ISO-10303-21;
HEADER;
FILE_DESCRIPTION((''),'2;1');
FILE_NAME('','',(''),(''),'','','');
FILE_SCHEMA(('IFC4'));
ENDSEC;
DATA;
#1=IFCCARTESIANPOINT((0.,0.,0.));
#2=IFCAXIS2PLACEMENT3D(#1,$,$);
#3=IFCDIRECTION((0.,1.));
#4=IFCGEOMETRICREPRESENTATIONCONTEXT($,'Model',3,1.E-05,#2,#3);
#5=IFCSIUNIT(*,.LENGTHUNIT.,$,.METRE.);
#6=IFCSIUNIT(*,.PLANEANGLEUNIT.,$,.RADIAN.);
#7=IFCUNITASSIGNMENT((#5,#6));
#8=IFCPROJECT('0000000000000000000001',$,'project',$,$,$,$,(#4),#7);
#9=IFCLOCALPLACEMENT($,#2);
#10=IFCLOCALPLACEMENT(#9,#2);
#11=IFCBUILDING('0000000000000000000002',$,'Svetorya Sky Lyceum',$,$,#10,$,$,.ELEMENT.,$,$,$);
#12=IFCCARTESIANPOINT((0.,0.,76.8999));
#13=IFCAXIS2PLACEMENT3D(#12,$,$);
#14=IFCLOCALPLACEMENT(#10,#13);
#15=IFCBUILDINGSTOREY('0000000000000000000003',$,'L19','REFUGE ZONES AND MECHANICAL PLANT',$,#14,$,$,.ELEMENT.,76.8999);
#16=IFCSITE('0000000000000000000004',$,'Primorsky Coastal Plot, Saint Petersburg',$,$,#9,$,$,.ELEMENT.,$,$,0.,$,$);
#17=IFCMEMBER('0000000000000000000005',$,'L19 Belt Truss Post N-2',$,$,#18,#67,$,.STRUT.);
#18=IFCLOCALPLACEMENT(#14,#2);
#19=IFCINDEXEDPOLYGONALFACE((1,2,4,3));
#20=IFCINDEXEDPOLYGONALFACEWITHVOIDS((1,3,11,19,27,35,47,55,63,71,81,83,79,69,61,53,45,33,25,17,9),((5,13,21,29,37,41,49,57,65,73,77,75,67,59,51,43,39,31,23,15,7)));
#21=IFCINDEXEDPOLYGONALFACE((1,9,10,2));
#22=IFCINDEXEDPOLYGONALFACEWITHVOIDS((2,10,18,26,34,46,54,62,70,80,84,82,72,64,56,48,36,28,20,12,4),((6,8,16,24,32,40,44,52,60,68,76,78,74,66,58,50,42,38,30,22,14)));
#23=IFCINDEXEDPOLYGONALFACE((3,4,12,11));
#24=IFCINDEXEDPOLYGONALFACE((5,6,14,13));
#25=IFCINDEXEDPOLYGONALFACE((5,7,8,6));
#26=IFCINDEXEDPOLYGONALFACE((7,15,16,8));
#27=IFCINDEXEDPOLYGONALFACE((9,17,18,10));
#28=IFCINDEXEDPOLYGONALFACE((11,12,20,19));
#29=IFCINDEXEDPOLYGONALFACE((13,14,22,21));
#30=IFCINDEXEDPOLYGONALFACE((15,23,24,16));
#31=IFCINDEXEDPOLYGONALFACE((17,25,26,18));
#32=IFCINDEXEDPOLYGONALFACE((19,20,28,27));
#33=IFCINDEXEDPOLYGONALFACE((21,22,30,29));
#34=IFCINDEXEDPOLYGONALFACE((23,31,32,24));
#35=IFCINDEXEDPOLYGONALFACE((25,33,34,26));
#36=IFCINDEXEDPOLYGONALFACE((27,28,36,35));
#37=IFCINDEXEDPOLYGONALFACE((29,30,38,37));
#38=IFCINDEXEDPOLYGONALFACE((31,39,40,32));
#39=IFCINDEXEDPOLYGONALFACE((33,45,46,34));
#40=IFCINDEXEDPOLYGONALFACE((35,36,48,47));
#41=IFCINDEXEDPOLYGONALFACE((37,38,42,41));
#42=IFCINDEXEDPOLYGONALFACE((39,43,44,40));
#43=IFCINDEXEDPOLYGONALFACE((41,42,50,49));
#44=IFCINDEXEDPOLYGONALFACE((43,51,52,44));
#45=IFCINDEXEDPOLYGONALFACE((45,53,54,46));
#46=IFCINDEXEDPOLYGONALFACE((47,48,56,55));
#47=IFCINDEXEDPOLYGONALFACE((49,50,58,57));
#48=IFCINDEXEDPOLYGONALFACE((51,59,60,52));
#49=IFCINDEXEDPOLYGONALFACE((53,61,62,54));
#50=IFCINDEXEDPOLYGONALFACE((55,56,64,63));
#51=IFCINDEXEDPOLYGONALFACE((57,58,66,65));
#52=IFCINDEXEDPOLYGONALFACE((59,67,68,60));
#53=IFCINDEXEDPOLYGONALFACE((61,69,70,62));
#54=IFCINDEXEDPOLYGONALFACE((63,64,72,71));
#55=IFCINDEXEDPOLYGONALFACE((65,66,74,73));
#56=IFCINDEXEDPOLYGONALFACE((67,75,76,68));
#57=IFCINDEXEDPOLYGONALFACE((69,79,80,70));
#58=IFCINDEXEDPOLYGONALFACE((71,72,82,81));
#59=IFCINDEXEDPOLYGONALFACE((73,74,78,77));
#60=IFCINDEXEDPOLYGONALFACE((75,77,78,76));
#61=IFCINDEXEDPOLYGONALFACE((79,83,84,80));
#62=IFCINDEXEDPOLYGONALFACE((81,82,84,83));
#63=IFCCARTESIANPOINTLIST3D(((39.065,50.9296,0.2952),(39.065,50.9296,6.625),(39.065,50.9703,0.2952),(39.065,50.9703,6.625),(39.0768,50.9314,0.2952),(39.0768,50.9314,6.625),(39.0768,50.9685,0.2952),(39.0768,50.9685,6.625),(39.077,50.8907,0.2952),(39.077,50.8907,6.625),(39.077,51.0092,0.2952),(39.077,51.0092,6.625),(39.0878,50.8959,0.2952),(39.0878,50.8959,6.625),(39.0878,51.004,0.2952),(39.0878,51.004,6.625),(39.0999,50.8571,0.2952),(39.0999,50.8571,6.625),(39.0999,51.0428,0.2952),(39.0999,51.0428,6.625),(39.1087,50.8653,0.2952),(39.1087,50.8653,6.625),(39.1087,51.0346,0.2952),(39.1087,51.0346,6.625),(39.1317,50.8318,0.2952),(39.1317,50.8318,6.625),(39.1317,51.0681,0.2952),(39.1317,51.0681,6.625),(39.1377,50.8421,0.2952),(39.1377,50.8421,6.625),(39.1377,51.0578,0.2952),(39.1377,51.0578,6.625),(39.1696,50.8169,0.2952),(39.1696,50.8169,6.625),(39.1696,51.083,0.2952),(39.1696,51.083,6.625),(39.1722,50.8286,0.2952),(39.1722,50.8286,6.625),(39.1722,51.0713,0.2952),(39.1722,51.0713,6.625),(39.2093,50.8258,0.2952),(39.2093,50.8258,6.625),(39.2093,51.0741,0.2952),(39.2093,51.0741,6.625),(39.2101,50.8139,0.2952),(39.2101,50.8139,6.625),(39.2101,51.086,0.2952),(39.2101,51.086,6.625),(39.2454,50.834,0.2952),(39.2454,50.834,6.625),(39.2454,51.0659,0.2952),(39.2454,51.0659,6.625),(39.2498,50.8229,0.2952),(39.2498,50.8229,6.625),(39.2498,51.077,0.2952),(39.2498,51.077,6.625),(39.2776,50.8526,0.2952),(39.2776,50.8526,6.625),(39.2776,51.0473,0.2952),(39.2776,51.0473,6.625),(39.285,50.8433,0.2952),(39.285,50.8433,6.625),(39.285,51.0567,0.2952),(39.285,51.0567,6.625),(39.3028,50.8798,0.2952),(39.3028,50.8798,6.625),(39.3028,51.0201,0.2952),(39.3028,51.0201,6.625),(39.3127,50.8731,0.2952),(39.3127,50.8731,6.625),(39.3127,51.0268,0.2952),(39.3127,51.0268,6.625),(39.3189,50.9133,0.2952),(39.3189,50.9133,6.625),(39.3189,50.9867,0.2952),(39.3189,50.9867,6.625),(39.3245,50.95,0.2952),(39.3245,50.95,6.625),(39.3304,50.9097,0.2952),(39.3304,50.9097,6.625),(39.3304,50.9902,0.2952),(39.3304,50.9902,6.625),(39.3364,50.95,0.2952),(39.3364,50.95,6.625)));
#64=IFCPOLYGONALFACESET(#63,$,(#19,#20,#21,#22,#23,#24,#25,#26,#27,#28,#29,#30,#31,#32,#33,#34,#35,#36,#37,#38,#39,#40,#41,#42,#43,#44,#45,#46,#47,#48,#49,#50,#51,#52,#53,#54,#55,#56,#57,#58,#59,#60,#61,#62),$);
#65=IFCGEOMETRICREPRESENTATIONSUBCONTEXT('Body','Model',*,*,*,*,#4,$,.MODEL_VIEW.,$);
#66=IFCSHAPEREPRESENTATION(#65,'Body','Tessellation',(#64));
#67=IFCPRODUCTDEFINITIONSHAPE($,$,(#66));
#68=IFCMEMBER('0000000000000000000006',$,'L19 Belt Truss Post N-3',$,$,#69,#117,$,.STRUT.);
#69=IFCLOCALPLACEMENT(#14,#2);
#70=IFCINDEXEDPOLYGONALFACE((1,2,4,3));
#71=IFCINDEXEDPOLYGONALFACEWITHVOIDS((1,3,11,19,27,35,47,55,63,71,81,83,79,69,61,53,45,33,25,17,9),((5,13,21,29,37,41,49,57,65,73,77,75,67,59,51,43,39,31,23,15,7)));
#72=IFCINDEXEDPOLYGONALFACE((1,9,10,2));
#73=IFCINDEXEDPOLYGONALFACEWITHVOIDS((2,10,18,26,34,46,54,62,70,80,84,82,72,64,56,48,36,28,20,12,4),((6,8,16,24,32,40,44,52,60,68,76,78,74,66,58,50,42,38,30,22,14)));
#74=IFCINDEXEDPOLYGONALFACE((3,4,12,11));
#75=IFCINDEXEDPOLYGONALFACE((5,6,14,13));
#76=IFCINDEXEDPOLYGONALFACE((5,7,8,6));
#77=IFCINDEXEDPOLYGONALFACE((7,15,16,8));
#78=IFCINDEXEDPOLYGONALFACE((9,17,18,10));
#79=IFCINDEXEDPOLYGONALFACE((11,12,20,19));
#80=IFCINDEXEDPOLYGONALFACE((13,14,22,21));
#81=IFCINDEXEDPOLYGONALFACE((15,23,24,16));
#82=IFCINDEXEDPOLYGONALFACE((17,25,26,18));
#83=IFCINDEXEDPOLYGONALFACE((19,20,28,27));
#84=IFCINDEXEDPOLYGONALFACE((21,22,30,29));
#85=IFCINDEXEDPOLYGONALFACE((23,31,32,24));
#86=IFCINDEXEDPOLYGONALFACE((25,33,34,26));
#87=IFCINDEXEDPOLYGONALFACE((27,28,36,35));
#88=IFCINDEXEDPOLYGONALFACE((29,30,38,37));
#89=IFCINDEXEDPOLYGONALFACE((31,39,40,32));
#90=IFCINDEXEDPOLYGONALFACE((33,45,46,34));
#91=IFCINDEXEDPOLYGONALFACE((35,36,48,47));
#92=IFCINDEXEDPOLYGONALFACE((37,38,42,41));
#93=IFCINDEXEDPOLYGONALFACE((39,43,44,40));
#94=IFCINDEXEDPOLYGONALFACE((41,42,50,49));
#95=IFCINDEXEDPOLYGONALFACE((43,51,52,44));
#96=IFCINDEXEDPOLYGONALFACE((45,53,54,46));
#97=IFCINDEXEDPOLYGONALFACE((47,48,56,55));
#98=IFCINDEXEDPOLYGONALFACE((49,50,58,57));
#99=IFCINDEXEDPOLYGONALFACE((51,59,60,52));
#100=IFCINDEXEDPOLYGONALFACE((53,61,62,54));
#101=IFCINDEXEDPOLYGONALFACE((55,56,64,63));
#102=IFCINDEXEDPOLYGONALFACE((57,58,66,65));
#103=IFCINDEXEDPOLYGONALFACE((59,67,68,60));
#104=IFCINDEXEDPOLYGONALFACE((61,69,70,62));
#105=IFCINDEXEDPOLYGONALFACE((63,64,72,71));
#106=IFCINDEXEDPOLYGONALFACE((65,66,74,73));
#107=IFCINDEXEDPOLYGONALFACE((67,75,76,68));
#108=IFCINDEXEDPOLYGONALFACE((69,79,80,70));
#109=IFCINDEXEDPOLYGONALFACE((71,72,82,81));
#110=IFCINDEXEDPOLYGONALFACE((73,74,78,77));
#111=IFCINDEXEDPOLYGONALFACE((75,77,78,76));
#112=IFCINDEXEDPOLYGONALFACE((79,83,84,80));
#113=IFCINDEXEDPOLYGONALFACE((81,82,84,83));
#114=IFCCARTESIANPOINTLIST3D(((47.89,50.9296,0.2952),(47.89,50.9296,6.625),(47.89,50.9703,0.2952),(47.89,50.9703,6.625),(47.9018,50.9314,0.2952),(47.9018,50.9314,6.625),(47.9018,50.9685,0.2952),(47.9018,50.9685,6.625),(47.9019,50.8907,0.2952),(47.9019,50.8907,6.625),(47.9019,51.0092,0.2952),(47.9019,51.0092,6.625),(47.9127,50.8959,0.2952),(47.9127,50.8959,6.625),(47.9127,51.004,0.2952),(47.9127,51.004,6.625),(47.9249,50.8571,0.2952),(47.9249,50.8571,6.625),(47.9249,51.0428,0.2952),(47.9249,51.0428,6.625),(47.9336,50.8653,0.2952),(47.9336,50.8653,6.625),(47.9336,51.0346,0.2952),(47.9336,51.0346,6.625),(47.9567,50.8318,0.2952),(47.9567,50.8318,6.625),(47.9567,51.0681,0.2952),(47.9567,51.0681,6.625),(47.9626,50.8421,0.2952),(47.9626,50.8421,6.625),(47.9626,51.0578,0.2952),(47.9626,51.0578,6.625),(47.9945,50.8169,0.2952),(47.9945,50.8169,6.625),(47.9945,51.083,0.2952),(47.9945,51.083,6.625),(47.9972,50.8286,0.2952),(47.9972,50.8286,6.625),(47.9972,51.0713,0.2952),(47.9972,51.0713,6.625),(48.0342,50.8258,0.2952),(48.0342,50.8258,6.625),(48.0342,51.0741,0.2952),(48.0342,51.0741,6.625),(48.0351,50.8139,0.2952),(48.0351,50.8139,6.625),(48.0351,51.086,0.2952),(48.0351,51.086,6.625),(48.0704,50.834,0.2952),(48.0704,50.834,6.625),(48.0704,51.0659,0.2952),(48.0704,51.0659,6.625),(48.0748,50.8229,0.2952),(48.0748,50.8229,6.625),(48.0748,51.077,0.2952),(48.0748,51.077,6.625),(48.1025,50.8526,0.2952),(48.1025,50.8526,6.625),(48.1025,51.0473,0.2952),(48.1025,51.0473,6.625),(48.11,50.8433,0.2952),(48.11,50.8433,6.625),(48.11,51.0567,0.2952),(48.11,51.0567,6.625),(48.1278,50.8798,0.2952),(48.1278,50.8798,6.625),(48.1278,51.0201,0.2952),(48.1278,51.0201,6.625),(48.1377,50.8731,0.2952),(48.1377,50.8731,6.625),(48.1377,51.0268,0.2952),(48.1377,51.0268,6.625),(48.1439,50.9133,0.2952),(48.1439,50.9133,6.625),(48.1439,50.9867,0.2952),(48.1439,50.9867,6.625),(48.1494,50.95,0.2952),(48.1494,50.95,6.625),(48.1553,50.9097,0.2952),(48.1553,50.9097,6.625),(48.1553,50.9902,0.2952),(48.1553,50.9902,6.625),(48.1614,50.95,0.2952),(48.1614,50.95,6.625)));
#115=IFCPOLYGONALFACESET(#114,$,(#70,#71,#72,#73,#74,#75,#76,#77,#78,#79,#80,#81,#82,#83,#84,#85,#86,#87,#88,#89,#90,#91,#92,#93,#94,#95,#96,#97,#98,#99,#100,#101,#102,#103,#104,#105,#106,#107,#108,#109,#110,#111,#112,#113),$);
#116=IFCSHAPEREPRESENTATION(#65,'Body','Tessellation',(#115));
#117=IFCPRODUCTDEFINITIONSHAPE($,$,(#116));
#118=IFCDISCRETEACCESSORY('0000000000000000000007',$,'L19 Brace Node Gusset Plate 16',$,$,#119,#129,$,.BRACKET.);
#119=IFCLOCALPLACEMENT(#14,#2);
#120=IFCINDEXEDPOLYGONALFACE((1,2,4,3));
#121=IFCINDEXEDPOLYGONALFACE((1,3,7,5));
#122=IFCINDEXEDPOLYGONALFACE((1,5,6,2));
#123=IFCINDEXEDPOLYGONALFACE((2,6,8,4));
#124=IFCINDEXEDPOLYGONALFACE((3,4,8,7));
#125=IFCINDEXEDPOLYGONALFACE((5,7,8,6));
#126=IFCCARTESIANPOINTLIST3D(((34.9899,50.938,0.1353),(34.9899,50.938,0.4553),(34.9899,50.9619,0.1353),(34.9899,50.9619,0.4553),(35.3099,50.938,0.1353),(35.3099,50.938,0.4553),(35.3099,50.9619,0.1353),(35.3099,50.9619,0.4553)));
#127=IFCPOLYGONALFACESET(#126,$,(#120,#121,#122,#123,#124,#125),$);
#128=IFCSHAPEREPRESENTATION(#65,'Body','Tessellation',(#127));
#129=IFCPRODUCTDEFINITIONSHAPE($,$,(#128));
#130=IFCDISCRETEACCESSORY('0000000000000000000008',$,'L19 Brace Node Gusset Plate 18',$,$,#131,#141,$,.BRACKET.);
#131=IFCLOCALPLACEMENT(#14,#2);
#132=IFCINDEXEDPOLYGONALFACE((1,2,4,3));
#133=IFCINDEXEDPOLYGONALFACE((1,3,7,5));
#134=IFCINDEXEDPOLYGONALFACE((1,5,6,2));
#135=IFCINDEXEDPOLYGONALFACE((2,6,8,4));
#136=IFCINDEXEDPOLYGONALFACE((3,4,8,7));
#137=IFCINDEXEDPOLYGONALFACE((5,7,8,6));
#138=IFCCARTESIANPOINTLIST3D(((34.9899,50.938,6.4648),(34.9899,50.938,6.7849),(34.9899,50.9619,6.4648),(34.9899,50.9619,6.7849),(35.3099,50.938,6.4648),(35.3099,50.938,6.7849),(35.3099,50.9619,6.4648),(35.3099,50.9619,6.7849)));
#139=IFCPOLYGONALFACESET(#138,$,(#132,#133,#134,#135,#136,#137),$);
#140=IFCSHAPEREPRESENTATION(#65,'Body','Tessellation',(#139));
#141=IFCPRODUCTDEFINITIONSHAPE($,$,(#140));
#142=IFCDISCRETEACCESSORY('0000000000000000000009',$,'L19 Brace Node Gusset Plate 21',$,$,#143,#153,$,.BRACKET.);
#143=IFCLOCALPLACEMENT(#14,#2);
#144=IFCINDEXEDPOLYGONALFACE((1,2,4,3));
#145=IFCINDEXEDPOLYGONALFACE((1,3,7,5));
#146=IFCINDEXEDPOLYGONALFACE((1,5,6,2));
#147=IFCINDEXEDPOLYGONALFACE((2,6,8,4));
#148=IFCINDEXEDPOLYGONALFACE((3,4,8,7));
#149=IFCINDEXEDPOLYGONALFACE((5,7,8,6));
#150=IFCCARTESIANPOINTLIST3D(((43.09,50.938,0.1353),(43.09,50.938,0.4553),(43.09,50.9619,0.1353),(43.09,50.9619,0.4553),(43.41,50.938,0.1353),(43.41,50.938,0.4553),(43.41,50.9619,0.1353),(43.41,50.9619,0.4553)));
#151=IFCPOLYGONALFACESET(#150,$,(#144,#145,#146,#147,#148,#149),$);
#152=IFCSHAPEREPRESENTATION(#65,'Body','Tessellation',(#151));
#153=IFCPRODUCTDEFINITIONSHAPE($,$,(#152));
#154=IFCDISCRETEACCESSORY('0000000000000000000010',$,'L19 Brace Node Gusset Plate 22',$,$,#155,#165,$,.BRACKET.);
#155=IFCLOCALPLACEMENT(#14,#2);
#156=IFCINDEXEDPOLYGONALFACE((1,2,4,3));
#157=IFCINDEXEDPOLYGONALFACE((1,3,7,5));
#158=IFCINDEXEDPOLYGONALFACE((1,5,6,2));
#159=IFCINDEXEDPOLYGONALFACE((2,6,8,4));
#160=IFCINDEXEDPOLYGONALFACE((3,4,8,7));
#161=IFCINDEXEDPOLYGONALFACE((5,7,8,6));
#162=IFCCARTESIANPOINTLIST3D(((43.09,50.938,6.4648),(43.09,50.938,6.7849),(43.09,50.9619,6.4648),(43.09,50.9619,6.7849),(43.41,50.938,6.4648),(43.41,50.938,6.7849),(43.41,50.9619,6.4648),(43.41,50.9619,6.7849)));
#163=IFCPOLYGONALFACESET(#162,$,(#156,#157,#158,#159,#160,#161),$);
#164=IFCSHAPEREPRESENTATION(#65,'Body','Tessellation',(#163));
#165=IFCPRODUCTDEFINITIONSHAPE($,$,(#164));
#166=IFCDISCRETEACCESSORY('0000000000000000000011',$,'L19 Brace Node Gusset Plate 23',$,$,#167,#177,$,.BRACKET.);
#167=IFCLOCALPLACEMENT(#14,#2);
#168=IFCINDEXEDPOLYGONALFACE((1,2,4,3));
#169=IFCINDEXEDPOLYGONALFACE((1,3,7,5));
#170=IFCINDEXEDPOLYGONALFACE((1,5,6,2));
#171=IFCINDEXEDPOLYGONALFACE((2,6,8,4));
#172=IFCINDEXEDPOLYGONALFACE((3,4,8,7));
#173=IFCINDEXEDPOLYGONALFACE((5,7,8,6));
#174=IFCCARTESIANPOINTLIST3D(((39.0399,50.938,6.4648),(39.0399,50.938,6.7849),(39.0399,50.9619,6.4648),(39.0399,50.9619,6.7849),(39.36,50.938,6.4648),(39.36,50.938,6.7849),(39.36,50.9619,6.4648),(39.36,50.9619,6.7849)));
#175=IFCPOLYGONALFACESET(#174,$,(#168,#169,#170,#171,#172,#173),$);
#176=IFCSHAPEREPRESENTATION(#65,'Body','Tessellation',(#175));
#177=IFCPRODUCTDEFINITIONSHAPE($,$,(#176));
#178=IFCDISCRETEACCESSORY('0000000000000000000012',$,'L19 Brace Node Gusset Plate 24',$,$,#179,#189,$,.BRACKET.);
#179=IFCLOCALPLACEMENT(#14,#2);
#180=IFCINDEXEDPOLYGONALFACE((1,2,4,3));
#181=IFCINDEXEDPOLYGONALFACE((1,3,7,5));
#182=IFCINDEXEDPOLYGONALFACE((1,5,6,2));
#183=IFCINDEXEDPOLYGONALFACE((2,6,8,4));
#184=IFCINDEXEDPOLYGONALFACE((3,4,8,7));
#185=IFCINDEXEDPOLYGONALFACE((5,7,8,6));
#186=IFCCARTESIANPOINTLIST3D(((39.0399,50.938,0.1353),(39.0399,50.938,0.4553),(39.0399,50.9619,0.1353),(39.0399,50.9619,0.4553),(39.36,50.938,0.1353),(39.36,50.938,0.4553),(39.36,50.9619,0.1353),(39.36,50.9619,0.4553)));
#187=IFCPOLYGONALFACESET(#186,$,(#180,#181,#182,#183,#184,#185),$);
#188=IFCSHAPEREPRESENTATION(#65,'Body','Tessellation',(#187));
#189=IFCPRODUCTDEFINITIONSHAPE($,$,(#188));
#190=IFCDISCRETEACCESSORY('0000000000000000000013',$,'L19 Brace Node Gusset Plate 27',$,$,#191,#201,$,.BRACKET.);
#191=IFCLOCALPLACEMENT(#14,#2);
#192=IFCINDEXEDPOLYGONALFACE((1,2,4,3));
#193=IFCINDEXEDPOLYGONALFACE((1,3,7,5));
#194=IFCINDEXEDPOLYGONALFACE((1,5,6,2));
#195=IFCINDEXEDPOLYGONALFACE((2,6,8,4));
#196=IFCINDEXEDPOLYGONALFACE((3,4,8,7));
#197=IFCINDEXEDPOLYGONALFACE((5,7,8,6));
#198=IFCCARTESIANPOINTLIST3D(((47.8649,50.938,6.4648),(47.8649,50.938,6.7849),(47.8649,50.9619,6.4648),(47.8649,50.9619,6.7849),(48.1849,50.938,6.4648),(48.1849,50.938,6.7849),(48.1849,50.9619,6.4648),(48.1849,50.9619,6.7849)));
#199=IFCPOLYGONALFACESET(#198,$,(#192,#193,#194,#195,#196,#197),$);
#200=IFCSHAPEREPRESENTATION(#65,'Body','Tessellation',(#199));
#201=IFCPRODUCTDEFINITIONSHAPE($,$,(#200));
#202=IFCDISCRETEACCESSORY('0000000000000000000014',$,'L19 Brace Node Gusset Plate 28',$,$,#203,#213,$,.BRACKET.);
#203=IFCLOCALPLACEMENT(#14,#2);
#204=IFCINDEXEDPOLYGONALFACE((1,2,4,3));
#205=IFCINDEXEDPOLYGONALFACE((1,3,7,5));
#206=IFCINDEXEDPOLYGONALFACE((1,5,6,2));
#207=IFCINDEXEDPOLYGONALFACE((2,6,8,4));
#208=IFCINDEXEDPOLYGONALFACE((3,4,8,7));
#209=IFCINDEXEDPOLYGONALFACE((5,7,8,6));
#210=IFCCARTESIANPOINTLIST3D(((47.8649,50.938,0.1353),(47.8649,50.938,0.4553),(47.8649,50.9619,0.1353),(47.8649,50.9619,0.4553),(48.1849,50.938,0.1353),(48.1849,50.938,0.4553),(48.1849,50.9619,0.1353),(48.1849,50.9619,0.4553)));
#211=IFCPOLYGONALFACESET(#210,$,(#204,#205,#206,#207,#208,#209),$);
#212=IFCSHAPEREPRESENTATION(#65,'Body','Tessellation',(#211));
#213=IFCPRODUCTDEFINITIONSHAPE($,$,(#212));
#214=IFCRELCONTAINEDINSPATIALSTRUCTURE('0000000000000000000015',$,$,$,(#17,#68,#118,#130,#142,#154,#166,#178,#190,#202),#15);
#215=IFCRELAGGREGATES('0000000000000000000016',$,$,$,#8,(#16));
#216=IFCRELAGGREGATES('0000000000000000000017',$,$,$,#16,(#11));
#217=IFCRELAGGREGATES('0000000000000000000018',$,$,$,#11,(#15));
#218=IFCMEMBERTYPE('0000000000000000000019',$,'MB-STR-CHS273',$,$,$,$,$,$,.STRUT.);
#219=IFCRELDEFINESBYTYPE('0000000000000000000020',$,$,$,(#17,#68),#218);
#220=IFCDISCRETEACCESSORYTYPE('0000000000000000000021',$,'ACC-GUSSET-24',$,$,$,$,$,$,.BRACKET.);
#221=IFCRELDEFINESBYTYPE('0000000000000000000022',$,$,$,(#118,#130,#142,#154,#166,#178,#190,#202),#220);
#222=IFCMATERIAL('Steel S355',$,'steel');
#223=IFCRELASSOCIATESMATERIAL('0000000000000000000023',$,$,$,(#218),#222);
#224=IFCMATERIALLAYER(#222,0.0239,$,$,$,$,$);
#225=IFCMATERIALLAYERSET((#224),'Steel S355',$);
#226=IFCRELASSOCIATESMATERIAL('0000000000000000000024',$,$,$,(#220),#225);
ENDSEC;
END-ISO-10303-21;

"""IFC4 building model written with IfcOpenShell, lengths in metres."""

from ifc_helpers import new_model, si_unit, direction, frame, origin, origin_2d, place, context, subcontext, project, spatial, rectangle, hollow_circle, extrude, material, layer, layer_set, material_profile, profile_set, type_object, element, save


model = new_model("IFC4")

# Units and contexts
model_context = context("Model", 3, precision=1e-05, world=origin(), true_north=direction((0.0, 1.0)))
body_context = subcontext(model_context, "Body", "Model", "MODEL_VIEW")
ifc_project = project(units=[si_unit("LENGTHUNIT", "METRE"), si_unit("PLANEANGLEUNIT", "RADIAN")], contexts=[model_context])

# Site, building, storey
site_placement = place(None, origin())
site = spatial("IfcSite", under=ifc_project, at=site_placement, Name="Primorsky Coastal Plot, Saint Petersburg", CompositionType="ELEMENT", RefElevation=0.0)
building_placement = place(site_placement, origin())
building = spatial("IfcBuilding", under=site, at=building_placement, Name="Svetorya Sky Lyceum", CompositionType="ELEMENT")
storey_placement = place(building_placement, frame((0.0, 0.0, 76.8999)))
storey = spatial("IfcBuildingStorey", under=building, at=storey_placement, Name="L19", Description="REFUGE ZONES AND MECHANICAL PLANT", CompositionType="ELEMENT", Elevation=76.8999)

# Shared definitions
ifc_material_1 = material(Name="Steel S355", Category="steel")

# Members
ifc_material_profile_1 = material_profile(ifc_material_1, hollow_circle(Radius=0.1365, WallThickness=0.012, at=origin_2d()), Name="CHS 273x12")
ifc_profile_set_1 = profile_set([ifc_material_profile_1], Name="Steel S355")
member_type_1 = type_object("IfcMemberType", Name="MB-STR-CHS273", PredefinedType="STRUT", material=ifc_profile_set_1)
for number, where, z_axis, x_axis, name in (
    (1, (39.2, 50.95, 0.2952), (0.0, 0.0, 1.0), (1.0, 0.0, 0.0), "L19 Belt Truss Post N-2"),
    (2, (48.0249, 50.95, 0.2952), (0.0, 0.0, 1.0), (1.0, 0.0, 0.0), "L19 Belt Truss Post N-3"),
):
    element("IfcMember", number, at=place(storey_placement, frame(where, z_axis=z_axis, x_axis=x_axis)), inside=storey, type_object=member_type_1, Name=name, PredefinedType="STRUT", context=body_context, shape_type="SweptSolid", body=[
        extrude(hollow_circle(Radius=0.1365, WallThickness=0.012, at=origin_2d()), origin(), (0.0, 0.0, 1.0), 6.3298),
    ])

# Discrete accessories
ifc_layer = layer(ifc_material_1, 0.0239)
ifc_layer_set = layer_set([ifc_layer], Name="Steel S355")
discrete_accessory_type = type_object("IfcDiscreteAccessoryType", Name="ACC-GUSSET-24", PredefinedType="BRACKET", material=ifc_layer_set)
for number, where, z_axis, x_axis, name in (
    (3, (35.1499, 50.95, 0.1353), (0.0, 0.0, 1.0), (1.0, 0.0, 0.0), "L19 Brace Node Gusset Plate 16"),
    (4, (35.1499, 50.95, 6.4648), (0.0, 0.0, 1.0), (1.0, 0.0, 0.0), "L19 Brace Node Gusset Plate 18"),
    (5, (43.25, 50.95, 0.1353), (0.0, 0.0, 1.0), (1.0, 0.0, 0.0), "L19 Brace Node Gusset Plate 21"),
    (6, (43.25, 50.95, 6.4648), (0.0, 0.0, 1.0), (1.0, 0.0, 0.0), "L19 Brace Node Gusset Plate 22"),
    (7, (39.2, 50.95, 6.4648), (0.0, 0.0, 1.0), (1.0, 0.0, 0.0), "L19 Brace Node Gusset Plate 23"),
    (8, (39.2, 50.95, 0.1353), (0.0, 0.0, 1.0), (1.0, 0.0, 0.0), "L19 Brace Node Gusset Plate 24"),
    (9, (48.0249, 50.95, 6.4648), (0.0, 0.0, 1.0), (1.0, 0.0, 0.0), "L19 Brace Node Gusset Plate 27"),
    (10, (48.0249, 50.95, 0.1353), (0.0, 0.0, 1.0), (1.0, 0.0, 0.0), "L19 Brace Node Gusset Plate 28"),
):
    element("IfcDiscreteAccessory", number, at=place(storey_placement, frame(where, z_axis=z_axis, x_axis=x_axis)), inside=storey, type_object=discrete_accessory_type, Name=name, PredefinedType="BRACKET", context=body_context, shape_type="SweptSolid", body=[
        extrude(rectangle(XDim=0.3201, YDim=0.0239, at=origin_2d()), origin(), (0.0, 0.0, 1.0), 0.3201),
    ])

save(model, "model.ifc")
